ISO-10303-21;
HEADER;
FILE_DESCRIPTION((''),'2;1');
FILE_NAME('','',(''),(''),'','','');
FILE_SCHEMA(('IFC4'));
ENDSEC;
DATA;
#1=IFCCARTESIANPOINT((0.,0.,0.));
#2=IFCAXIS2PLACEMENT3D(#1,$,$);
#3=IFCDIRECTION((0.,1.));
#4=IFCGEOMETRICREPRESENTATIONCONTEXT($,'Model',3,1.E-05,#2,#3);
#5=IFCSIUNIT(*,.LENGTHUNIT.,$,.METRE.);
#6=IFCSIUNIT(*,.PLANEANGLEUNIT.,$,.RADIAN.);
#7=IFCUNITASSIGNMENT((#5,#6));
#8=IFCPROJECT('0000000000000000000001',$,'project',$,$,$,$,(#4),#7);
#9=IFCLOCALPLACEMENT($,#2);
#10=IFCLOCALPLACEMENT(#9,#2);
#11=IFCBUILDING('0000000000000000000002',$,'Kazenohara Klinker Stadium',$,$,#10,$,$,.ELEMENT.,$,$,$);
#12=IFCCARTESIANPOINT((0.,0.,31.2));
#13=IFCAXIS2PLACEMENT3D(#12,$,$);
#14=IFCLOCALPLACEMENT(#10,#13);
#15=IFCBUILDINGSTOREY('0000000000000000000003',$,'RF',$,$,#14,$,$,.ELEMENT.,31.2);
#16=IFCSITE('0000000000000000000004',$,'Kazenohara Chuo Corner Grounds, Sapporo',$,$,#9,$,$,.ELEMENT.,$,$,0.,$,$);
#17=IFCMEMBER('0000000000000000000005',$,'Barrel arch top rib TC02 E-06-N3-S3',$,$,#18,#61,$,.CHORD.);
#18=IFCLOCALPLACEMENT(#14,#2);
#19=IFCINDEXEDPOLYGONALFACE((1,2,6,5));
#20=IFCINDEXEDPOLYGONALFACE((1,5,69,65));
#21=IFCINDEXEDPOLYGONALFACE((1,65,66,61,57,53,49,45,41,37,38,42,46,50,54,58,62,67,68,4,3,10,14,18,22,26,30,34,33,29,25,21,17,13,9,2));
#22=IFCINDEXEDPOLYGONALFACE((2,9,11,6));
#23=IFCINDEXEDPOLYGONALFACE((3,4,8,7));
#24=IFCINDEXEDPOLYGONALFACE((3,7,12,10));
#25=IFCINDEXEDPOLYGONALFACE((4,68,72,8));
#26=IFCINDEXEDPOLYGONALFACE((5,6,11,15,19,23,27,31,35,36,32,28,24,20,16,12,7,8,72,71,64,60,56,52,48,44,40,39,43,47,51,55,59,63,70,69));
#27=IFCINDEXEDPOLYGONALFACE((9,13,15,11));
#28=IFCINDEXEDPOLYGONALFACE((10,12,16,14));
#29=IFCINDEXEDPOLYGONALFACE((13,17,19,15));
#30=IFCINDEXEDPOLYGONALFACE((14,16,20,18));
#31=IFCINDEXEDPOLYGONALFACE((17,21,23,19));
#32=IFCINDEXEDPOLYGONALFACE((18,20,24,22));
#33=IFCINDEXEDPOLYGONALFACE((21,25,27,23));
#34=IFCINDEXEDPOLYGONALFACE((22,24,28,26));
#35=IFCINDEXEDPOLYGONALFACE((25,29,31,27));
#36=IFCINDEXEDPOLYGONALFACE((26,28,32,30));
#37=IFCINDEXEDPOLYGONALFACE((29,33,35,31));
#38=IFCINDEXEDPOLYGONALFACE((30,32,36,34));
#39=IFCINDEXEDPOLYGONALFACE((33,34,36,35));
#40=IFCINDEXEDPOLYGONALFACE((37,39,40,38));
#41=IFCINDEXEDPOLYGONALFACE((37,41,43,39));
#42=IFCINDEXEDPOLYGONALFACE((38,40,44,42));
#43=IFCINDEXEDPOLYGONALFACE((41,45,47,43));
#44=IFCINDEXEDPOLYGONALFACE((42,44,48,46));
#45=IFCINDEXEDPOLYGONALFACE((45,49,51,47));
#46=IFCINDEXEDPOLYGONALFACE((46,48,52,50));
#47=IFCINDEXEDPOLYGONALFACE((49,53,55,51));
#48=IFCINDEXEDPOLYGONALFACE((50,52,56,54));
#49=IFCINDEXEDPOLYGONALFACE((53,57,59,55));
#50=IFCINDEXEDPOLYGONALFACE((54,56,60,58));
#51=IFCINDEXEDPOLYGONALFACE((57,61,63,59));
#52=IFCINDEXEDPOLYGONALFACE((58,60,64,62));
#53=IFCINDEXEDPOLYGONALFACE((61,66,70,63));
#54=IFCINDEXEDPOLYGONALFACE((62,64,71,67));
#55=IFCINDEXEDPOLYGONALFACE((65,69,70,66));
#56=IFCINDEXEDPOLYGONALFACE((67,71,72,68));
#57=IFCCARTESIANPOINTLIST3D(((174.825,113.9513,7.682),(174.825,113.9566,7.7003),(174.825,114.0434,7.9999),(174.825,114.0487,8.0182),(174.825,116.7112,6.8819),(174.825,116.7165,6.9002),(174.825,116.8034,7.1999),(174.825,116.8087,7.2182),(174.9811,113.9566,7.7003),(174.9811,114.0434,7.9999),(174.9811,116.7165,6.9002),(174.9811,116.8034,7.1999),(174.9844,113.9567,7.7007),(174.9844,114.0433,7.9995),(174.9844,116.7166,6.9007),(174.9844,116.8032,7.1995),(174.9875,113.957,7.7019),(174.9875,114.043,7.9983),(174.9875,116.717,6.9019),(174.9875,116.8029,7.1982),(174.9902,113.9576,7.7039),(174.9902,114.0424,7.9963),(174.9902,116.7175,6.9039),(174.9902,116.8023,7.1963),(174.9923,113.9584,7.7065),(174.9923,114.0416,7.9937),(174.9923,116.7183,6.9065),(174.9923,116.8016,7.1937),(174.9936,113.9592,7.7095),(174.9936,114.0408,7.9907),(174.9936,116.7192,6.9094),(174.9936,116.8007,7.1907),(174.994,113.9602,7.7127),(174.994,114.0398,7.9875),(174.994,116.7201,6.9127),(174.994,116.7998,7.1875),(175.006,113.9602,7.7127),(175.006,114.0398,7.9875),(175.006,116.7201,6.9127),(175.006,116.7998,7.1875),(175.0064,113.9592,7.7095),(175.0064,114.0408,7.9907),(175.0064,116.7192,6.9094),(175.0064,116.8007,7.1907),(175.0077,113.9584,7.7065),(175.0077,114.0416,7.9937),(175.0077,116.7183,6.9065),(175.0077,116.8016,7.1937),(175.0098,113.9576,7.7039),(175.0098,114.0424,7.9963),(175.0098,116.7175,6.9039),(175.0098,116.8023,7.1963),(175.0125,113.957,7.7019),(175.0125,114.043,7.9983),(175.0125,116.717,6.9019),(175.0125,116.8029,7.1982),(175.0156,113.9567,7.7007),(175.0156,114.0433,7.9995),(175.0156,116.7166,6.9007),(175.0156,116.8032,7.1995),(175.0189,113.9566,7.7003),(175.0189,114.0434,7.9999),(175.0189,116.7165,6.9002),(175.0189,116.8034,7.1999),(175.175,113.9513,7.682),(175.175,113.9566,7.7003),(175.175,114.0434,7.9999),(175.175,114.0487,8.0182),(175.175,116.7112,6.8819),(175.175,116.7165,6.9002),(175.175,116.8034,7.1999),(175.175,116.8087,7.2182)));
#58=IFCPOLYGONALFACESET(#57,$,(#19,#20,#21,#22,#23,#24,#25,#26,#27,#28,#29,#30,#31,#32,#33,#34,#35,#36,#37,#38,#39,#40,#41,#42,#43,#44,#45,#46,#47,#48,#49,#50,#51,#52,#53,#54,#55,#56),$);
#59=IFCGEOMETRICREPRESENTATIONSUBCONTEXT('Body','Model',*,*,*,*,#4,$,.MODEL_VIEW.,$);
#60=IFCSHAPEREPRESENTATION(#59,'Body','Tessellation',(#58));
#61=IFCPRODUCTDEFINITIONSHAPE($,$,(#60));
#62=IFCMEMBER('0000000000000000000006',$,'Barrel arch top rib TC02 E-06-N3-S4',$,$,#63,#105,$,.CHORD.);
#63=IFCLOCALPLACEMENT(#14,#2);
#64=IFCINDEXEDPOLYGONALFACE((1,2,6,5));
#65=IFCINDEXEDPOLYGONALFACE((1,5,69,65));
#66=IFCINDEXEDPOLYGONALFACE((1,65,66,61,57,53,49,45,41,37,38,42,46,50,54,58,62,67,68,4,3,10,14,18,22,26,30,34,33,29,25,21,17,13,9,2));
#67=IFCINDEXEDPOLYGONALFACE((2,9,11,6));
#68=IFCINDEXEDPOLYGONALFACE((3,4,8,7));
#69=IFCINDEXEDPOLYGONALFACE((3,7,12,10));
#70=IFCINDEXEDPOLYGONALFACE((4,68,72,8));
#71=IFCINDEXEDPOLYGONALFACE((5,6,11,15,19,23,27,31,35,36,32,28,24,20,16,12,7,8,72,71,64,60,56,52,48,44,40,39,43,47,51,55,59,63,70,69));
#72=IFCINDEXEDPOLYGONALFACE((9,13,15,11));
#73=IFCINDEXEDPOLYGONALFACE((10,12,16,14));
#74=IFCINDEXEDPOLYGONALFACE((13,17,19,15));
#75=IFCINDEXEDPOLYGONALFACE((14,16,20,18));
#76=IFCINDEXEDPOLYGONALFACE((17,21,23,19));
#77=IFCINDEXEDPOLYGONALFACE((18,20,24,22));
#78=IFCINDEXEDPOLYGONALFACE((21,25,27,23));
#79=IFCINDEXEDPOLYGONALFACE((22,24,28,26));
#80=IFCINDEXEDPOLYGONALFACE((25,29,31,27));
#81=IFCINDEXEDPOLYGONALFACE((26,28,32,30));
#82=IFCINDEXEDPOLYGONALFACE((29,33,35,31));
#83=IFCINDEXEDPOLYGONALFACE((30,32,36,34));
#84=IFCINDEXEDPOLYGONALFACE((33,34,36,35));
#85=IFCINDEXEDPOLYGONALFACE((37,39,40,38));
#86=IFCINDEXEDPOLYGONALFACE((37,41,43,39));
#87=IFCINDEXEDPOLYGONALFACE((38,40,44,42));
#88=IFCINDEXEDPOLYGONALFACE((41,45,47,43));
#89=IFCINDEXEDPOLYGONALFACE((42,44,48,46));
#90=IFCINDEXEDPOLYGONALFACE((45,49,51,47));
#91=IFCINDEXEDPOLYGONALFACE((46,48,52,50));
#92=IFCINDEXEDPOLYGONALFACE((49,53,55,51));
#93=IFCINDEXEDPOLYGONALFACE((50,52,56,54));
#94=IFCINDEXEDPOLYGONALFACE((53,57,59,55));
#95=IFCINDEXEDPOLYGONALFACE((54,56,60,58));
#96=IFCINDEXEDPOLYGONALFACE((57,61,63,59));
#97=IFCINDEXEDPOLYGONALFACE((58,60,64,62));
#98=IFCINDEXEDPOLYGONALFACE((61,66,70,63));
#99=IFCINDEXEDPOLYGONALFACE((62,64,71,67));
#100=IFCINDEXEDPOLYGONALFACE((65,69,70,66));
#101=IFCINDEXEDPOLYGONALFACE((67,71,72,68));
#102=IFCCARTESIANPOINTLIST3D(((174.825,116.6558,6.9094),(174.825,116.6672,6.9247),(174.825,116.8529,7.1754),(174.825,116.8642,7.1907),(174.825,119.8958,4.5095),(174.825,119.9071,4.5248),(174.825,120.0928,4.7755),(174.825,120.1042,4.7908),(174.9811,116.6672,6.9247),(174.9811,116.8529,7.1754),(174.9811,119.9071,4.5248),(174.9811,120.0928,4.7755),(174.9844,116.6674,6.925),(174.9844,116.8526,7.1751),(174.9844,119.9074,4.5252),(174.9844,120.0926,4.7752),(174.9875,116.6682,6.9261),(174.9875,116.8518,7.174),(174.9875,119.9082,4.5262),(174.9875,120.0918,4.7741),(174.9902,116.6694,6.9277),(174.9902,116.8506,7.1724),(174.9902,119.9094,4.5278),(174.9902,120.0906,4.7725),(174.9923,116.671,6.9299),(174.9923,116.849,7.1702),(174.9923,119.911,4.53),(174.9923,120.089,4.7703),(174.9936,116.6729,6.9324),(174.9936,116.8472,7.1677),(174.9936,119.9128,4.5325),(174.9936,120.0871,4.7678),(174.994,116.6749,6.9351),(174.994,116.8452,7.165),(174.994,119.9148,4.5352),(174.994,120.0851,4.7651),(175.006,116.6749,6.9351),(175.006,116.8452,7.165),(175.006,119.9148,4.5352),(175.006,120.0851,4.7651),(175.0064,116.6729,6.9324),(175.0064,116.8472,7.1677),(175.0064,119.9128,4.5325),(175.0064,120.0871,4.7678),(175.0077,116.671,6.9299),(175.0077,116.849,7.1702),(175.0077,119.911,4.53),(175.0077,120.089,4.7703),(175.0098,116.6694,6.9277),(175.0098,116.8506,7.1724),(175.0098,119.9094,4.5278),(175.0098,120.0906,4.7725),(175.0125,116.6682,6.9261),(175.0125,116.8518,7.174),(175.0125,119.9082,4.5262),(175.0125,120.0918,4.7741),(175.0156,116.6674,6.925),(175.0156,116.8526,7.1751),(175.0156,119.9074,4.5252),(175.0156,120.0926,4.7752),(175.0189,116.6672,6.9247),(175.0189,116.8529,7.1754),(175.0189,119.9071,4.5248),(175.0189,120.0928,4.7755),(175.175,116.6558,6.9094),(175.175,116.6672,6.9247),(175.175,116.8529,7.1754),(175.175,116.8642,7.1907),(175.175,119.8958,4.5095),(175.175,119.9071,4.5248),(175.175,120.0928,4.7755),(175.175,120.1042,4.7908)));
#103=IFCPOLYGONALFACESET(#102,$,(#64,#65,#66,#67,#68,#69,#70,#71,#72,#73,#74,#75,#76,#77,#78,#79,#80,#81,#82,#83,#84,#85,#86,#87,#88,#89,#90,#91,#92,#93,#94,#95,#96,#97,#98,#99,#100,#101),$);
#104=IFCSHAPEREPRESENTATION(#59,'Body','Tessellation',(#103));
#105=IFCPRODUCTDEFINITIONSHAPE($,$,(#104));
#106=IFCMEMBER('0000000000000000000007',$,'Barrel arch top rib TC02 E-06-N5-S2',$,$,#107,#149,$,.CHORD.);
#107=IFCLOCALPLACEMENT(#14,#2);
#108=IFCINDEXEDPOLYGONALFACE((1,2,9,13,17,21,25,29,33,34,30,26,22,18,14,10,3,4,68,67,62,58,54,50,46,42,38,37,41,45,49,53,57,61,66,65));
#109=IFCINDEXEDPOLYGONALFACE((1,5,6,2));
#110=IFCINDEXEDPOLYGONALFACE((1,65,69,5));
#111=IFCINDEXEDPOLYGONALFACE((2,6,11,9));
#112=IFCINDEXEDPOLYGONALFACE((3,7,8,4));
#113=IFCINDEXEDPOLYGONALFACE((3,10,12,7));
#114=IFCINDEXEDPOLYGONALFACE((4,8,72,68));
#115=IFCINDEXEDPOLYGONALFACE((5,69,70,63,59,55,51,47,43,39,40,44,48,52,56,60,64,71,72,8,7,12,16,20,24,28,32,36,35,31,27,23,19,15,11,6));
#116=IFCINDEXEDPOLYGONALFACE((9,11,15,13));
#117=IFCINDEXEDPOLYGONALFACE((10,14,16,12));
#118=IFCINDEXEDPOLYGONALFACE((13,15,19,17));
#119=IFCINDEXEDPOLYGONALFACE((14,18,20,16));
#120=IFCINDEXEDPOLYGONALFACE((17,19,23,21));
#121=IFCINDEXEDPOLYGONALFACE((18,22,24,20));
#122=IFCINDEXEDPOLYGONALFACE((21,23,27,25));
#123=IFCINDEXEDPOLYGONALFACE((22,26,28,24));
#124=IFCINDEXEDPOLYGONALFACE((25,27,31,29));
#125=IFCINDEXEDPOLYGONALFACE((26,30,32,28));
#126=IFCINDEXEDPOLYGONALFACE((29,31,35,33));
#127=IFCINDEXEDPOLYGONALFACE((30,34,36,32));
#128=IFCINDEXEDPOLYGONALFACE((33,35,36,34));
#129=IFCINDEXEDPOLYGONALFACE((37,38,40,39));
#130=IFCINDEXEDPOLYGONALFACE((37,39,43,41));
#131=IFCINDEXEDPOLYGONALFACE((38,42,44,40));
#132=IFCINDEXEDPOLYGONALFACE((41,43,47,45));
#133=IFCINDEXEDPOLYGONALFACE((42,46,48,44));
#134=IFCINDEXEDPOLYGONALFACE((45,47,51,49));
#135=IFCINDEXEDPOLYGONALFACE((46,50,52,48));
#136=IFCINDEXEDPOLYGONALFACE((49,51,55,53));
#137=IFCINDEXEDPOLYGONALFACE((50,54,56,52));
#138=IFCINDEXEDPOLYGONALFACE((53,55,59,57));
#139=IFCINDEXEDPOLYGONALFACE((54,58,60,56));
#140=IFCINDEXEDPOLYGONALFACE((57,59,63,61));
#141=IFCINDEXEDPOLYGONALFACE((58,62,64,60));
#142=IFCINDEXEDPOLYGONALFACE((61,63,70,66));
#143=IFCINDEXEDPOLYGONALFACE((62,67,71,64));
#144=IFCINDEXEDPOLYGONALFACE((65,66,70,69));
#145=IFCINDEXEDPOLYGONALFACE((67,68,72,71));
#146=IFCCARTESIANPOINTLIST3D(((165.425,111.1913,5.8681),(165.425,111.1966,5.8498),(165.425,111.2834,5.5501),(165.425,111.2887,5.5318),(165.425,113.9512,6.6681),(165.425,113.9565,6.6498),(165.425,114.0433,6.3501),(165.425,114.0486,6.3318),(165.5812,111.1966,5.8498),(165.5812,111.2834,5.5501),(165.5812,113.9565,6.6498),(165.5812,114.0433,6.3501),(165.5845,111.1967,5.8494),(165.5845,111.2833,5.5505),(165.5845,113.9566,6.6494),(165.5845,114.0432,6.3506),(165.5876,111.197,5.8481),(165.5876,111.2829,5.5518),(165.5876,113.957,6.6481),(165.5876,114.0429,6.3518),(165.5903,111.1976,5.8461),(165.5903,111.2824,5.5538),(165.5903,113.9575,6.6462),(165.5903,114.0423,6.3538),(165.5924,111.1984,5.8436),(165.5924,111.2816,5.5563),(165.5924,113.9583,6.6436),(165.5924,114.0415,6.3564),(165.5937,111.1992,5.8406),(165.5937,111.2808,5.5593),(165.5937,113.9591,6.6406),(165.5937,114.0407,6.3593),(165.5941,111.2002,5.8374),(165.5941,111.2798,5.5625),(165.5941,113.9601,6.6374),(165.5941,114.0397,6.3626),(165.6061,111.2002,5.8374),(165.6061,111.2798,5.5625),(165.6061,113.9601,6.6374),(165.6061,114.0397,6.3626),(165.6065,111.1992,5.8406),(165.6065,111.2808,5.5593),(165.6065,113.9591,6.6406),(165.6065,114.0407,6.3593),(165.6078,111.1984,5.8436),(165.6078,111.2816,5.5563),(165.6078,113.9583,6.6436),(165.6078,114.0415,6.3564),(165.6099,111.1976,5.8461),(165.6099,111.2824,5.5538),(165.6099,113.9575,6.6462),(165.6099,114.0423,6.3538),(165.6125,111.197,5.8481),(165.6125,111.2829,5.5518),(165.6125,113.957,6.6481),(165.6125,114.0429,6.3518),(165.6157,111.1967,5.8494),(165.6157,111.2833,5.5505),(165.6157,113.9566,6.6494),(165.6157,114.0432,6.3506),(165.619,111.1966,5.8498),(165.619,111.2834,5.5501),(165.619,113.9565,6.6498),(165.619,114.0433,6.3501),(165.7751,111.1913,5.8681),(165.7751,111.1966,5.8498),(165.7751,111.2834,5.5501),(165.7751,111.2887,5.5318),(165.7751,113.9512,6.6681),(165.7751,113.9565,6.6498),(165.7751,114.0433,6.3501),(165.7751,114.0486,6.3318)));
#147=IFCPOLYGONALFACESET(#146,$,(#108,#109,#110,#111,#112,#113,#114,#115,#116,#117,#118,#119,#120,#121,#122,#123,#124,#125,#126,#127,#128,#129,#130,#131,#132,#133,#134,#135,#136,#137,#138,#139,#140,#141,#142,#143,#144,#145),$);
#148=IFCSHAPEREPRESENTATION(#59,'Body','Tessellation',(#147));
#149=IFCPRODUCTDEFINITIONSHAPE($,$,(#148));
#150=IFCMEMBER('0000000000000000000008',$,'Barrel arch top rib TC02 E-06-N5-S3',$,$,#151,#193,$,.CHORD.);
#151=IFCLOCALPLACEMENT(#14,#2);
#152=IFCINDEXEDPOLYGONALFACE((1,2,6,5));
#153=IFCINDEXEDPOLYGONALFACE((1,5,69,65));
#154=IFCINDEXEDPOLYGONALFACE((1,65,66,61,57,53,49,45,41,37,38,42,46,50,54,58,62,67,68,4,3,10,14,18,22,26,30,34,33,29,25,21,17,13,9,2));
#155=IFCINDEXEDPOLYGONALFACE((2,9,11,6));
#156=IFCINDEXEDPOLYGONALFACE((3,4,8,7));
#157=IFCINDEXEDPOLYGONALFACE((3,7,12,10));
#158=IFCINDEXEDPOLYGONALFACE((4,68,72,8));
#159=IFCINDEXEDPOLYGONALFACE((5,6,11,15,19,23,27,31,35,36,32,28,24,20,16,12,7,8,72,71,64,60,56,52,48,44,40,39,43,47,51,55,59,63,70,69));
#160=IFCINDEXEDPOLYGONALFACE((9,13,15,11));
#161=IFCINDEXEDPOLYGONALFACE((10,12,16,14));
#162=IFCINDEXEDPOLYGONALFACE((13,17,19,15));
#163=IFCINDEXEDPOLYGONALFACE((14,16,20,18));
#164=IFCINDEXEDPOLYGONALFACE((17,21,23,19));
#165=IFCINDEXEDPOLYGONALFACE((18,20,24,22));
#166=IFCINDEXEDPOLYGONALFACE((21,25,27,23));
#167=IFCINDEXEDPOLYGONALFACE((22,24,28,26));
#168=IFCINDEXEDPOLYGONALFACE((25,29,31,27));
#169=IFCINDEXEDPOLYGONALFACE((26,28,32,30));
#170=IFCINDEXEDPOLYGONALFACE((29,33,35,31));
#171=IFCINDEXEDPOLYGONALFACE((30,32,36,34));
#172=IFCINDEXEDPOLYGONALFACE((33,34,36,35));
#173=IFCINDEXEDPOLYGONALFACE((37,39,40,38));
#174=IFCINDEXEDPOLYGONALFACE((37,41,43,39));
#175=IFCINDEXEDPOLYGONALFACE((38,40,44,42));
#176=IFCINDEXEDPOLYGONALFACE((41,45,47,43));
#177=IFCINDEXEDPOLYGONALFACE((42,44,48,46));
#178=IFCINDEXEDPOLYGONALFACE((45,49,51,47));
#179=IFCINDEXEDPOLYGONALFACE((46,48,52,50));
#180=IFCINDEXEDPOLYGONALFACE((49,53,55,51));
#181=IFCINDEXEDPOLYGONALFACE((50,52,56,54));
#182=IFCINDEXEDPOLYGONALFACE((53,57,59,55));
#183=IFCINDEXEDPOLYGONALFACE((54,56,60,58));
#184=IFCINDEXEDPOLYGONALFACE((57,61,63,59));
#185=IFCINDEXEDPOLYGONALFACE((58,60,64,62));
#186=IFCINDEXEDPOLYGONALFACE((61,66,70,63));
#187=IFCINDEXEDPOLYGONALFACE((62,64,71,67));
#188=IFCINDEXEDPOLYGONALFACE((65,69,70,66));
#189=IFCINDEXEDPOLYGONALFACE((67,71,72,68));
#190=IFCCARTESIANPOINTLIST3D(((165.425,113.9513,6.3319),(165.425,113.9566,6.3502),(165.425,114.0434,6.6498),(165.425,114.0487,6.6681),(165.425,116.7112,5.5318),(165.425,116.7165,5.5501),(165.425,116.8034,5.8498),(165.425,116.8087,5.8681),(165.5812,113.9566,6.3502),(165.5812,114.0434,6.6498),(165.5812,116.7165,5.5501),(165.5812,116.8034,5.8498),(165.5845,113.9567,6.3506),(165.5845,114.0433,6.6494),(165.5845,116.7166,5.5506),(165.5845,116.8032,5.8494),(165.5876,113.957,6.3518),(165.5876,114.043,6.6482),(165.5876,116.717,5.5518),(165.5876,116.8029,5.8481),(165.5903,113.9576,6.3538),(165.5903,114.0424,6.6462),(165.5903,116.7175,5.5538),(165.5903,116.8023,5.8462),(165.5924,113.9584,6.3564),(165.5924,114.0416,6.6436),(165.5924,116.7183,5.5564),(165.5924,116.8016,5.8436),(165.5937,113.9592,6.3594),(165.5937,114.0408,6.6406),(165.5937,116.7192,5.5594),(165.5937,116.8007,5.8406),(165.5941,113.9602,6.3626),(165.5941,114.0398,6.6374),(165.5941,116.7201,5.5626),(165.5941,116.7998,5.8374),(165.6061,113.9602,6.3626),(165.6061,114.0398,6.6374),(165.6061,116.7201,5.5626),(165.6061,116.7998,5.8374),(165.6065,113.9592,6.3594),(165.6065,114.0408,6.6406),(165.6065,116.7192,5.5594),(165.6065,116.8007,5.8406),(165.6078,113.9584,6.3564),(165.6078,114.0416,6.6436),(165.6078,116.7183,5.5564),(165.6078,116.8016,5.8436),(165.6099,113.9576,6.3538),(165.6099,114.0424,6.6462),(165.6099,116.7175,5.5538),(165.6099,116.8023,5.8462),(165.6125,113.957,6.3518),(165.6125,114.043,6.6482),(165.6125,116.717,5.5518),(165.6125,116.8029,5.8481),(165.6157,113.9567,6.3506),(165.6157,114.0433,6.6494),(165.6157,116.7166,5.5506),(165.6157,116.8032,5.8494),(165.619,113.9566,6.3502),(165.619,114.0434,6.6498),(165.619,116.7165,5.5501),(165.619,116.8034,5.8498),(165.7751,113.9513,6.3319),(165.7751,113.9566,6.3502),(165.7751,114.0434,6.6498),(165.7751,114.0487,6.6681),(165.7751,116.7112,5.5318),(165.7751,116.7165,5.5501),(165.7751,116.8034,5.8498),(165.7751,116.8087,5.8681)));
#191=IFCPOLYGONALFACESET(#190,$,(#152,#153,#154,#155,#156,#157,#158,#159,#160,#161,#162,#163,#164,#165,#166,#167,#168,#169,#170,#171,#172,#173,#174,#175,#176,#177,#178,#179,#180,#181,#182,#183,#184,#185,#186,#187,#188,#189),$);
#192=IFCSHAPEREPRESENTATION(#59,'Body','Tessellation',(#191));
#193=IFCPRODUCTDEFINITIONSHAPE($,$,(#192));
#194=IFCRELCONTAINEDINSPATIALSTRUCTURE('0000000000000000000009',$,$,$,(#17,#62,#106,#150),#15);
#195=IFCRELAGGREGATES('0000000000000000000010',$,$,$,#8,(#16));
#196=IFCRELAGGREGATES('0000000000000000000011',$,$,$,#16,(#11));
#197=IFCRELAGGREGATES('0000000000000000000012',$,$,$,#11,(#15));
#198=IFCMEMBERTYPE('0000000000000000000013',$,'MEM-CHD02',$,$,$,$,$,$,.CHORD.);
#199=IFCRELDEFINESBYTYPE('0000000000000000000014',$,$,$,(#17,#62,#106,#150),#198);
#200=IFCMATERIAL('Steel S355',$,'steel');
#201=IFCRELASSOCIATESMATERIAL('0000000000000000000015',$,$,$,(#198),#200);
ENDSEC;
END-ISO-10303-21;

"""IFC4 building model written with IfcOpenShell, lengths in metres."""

from ifc_helpers import new_model, si_unit, direction, frame, origin, origin_2d, place, context, subcontext, project, spatial, i_section, extrude, material, material_profile, profile_set, type_object, element, save


model = new_model("IFC4")

# Units and contexts
model_context = context("Model", 3, precision=1e-05, world=origin(), true_north=direction((0.0, 1.0)))
body_context = subcontext(model_context, "Body", "Model", "MODEL_VIEW")
ifc_project = project(units=[si_unit("LENGTHUNIT", "METRE"), si_unit("PLANEANGLEUNIT", "RADIAN")], contexts=[model_context])

# Site, building, storey
site_placement = place(None, origin())
site = spatial("IfcSite", under=ifc_project, at=site_placement, Name="Kazenohara Chuo Corner Grounds, Sapporo", CompositionType="ELEMENT", RefElevation=0.0)
building_placement = place(site_placement, origin())
building = spatial("IfcBuilding", under=site, at=building_placement, Name="Kazenohara Klinker Stadium", CompositionType="ELEMENT")
storey_placement = place(building_placement, frame((0.0, 0.0, 31.2)))
storey = spatial("IfcBuildingStorey", under=building, at=storey_placement, Name="RF", CompositionType="ELEMENT", Elevation=31.2)

# Members
ifc_material_1 = material(Name="Steel S355", Category="steel")
ifc_material_profile_1 = material_profile(ifc_material_1, i_section(OverallWidth=0.3501, OverallDepth=0.3501, WebThickness=0.012, FlangeThickness=0.019, FilletRadius=0.0129, at=origin_2d()), Name="H-350x350x12x19")
ifc_profile_set_1 = profile_set([ifc_material_profile_1], Name="Steel S355")
member_type_1 = type_object("IfcMemberType", Name="MEM-CHD02", PredefinedType="CHORD", material=ifc_profile_set_1)
for number, where, z_axis, x_axis, name in (
    (1, (175.0, 114.0, 7.8501), (0.0, 0.960462, -0.278411), (-1.0, 0.0, 0.0), "Barrel arch top rib TC02 E-06-N3-S3"),
):
    element("IfcMember", number, at=place(storey_placement, frame(where, z_axis=z_axis, x_axis=x_axis)), inside=storey, type_object=member_type_1, Name=name, PredefinedType="CHORD", context=body_context, shape_type="SweptSolid", body=[
        extrude(i_section(OverallWidth=0.3501, OverallDepth=0.3501, WebThickness=0.012, FlangeThickness=0.019, FilletRadius=0.0129, at=origin_2d()), origin(), (0.0, 0.0, 1.0), 2.8735),
    ])
member_1_placement = place(storey_placement, frame((175.0, 116.76, 7.05), z_axis=(0.0, 0.803568, -0.595213), x_axis=(-1.0, 0.0, 0.0)))
element("IfcMember", 2, at=member_1_placement, inside=storey, type_object=member_type_1, Name="Barrel arch top rib TC02 E-06-N3-S4", PredefinedType="CHORD", context=body_context, shape_type="SweptSolid", body=[
    extrude(i_section(OverallWidth=0.3501, OverallDepth=0.3501, WebThickness=0.012, FlangeThickness=0.019, FilletRadius=0.0129, at=origin_2d()), origin(), (0.0, 0.0, 1.0), 4.032),
])
for number, where, z_axis, x_axis, name in (
    (3, (165.6001, 111.24, 5.7), (0.0, 0.960462, 0.278411), (-1.0, 0.0, 0.0), "Barrel arch top rib TC02 E-06-N5-S2"),
    (4, (165.6001, 114.0, 6.5), (0.0, 0.960462, -0.278411), (-1.0, 0.0, 0.0), "Barrel arch top rib TC02 E-06-N5-S3"),
):
    element("IfcMember", number, at=place(storey_placement, frame(where, z_axis=z_axis, x_axis=x_axis)), inside=storey, type_object=member_type_1, Name=name, PredefinedType="CHORD", context=body_context, shape_type="SweptSolid", body=[
        extrude(i_section(OverallWidth=0.3501, OverallDepth=0.3501, WebThickness=0.012, FlangeThickness=0.019, FilletRadius=0.0129, at=origin_2d()), origin(), (0.0, 0.0, 1.0), 2.8735),
    ])

save(model, "model.ifc")
